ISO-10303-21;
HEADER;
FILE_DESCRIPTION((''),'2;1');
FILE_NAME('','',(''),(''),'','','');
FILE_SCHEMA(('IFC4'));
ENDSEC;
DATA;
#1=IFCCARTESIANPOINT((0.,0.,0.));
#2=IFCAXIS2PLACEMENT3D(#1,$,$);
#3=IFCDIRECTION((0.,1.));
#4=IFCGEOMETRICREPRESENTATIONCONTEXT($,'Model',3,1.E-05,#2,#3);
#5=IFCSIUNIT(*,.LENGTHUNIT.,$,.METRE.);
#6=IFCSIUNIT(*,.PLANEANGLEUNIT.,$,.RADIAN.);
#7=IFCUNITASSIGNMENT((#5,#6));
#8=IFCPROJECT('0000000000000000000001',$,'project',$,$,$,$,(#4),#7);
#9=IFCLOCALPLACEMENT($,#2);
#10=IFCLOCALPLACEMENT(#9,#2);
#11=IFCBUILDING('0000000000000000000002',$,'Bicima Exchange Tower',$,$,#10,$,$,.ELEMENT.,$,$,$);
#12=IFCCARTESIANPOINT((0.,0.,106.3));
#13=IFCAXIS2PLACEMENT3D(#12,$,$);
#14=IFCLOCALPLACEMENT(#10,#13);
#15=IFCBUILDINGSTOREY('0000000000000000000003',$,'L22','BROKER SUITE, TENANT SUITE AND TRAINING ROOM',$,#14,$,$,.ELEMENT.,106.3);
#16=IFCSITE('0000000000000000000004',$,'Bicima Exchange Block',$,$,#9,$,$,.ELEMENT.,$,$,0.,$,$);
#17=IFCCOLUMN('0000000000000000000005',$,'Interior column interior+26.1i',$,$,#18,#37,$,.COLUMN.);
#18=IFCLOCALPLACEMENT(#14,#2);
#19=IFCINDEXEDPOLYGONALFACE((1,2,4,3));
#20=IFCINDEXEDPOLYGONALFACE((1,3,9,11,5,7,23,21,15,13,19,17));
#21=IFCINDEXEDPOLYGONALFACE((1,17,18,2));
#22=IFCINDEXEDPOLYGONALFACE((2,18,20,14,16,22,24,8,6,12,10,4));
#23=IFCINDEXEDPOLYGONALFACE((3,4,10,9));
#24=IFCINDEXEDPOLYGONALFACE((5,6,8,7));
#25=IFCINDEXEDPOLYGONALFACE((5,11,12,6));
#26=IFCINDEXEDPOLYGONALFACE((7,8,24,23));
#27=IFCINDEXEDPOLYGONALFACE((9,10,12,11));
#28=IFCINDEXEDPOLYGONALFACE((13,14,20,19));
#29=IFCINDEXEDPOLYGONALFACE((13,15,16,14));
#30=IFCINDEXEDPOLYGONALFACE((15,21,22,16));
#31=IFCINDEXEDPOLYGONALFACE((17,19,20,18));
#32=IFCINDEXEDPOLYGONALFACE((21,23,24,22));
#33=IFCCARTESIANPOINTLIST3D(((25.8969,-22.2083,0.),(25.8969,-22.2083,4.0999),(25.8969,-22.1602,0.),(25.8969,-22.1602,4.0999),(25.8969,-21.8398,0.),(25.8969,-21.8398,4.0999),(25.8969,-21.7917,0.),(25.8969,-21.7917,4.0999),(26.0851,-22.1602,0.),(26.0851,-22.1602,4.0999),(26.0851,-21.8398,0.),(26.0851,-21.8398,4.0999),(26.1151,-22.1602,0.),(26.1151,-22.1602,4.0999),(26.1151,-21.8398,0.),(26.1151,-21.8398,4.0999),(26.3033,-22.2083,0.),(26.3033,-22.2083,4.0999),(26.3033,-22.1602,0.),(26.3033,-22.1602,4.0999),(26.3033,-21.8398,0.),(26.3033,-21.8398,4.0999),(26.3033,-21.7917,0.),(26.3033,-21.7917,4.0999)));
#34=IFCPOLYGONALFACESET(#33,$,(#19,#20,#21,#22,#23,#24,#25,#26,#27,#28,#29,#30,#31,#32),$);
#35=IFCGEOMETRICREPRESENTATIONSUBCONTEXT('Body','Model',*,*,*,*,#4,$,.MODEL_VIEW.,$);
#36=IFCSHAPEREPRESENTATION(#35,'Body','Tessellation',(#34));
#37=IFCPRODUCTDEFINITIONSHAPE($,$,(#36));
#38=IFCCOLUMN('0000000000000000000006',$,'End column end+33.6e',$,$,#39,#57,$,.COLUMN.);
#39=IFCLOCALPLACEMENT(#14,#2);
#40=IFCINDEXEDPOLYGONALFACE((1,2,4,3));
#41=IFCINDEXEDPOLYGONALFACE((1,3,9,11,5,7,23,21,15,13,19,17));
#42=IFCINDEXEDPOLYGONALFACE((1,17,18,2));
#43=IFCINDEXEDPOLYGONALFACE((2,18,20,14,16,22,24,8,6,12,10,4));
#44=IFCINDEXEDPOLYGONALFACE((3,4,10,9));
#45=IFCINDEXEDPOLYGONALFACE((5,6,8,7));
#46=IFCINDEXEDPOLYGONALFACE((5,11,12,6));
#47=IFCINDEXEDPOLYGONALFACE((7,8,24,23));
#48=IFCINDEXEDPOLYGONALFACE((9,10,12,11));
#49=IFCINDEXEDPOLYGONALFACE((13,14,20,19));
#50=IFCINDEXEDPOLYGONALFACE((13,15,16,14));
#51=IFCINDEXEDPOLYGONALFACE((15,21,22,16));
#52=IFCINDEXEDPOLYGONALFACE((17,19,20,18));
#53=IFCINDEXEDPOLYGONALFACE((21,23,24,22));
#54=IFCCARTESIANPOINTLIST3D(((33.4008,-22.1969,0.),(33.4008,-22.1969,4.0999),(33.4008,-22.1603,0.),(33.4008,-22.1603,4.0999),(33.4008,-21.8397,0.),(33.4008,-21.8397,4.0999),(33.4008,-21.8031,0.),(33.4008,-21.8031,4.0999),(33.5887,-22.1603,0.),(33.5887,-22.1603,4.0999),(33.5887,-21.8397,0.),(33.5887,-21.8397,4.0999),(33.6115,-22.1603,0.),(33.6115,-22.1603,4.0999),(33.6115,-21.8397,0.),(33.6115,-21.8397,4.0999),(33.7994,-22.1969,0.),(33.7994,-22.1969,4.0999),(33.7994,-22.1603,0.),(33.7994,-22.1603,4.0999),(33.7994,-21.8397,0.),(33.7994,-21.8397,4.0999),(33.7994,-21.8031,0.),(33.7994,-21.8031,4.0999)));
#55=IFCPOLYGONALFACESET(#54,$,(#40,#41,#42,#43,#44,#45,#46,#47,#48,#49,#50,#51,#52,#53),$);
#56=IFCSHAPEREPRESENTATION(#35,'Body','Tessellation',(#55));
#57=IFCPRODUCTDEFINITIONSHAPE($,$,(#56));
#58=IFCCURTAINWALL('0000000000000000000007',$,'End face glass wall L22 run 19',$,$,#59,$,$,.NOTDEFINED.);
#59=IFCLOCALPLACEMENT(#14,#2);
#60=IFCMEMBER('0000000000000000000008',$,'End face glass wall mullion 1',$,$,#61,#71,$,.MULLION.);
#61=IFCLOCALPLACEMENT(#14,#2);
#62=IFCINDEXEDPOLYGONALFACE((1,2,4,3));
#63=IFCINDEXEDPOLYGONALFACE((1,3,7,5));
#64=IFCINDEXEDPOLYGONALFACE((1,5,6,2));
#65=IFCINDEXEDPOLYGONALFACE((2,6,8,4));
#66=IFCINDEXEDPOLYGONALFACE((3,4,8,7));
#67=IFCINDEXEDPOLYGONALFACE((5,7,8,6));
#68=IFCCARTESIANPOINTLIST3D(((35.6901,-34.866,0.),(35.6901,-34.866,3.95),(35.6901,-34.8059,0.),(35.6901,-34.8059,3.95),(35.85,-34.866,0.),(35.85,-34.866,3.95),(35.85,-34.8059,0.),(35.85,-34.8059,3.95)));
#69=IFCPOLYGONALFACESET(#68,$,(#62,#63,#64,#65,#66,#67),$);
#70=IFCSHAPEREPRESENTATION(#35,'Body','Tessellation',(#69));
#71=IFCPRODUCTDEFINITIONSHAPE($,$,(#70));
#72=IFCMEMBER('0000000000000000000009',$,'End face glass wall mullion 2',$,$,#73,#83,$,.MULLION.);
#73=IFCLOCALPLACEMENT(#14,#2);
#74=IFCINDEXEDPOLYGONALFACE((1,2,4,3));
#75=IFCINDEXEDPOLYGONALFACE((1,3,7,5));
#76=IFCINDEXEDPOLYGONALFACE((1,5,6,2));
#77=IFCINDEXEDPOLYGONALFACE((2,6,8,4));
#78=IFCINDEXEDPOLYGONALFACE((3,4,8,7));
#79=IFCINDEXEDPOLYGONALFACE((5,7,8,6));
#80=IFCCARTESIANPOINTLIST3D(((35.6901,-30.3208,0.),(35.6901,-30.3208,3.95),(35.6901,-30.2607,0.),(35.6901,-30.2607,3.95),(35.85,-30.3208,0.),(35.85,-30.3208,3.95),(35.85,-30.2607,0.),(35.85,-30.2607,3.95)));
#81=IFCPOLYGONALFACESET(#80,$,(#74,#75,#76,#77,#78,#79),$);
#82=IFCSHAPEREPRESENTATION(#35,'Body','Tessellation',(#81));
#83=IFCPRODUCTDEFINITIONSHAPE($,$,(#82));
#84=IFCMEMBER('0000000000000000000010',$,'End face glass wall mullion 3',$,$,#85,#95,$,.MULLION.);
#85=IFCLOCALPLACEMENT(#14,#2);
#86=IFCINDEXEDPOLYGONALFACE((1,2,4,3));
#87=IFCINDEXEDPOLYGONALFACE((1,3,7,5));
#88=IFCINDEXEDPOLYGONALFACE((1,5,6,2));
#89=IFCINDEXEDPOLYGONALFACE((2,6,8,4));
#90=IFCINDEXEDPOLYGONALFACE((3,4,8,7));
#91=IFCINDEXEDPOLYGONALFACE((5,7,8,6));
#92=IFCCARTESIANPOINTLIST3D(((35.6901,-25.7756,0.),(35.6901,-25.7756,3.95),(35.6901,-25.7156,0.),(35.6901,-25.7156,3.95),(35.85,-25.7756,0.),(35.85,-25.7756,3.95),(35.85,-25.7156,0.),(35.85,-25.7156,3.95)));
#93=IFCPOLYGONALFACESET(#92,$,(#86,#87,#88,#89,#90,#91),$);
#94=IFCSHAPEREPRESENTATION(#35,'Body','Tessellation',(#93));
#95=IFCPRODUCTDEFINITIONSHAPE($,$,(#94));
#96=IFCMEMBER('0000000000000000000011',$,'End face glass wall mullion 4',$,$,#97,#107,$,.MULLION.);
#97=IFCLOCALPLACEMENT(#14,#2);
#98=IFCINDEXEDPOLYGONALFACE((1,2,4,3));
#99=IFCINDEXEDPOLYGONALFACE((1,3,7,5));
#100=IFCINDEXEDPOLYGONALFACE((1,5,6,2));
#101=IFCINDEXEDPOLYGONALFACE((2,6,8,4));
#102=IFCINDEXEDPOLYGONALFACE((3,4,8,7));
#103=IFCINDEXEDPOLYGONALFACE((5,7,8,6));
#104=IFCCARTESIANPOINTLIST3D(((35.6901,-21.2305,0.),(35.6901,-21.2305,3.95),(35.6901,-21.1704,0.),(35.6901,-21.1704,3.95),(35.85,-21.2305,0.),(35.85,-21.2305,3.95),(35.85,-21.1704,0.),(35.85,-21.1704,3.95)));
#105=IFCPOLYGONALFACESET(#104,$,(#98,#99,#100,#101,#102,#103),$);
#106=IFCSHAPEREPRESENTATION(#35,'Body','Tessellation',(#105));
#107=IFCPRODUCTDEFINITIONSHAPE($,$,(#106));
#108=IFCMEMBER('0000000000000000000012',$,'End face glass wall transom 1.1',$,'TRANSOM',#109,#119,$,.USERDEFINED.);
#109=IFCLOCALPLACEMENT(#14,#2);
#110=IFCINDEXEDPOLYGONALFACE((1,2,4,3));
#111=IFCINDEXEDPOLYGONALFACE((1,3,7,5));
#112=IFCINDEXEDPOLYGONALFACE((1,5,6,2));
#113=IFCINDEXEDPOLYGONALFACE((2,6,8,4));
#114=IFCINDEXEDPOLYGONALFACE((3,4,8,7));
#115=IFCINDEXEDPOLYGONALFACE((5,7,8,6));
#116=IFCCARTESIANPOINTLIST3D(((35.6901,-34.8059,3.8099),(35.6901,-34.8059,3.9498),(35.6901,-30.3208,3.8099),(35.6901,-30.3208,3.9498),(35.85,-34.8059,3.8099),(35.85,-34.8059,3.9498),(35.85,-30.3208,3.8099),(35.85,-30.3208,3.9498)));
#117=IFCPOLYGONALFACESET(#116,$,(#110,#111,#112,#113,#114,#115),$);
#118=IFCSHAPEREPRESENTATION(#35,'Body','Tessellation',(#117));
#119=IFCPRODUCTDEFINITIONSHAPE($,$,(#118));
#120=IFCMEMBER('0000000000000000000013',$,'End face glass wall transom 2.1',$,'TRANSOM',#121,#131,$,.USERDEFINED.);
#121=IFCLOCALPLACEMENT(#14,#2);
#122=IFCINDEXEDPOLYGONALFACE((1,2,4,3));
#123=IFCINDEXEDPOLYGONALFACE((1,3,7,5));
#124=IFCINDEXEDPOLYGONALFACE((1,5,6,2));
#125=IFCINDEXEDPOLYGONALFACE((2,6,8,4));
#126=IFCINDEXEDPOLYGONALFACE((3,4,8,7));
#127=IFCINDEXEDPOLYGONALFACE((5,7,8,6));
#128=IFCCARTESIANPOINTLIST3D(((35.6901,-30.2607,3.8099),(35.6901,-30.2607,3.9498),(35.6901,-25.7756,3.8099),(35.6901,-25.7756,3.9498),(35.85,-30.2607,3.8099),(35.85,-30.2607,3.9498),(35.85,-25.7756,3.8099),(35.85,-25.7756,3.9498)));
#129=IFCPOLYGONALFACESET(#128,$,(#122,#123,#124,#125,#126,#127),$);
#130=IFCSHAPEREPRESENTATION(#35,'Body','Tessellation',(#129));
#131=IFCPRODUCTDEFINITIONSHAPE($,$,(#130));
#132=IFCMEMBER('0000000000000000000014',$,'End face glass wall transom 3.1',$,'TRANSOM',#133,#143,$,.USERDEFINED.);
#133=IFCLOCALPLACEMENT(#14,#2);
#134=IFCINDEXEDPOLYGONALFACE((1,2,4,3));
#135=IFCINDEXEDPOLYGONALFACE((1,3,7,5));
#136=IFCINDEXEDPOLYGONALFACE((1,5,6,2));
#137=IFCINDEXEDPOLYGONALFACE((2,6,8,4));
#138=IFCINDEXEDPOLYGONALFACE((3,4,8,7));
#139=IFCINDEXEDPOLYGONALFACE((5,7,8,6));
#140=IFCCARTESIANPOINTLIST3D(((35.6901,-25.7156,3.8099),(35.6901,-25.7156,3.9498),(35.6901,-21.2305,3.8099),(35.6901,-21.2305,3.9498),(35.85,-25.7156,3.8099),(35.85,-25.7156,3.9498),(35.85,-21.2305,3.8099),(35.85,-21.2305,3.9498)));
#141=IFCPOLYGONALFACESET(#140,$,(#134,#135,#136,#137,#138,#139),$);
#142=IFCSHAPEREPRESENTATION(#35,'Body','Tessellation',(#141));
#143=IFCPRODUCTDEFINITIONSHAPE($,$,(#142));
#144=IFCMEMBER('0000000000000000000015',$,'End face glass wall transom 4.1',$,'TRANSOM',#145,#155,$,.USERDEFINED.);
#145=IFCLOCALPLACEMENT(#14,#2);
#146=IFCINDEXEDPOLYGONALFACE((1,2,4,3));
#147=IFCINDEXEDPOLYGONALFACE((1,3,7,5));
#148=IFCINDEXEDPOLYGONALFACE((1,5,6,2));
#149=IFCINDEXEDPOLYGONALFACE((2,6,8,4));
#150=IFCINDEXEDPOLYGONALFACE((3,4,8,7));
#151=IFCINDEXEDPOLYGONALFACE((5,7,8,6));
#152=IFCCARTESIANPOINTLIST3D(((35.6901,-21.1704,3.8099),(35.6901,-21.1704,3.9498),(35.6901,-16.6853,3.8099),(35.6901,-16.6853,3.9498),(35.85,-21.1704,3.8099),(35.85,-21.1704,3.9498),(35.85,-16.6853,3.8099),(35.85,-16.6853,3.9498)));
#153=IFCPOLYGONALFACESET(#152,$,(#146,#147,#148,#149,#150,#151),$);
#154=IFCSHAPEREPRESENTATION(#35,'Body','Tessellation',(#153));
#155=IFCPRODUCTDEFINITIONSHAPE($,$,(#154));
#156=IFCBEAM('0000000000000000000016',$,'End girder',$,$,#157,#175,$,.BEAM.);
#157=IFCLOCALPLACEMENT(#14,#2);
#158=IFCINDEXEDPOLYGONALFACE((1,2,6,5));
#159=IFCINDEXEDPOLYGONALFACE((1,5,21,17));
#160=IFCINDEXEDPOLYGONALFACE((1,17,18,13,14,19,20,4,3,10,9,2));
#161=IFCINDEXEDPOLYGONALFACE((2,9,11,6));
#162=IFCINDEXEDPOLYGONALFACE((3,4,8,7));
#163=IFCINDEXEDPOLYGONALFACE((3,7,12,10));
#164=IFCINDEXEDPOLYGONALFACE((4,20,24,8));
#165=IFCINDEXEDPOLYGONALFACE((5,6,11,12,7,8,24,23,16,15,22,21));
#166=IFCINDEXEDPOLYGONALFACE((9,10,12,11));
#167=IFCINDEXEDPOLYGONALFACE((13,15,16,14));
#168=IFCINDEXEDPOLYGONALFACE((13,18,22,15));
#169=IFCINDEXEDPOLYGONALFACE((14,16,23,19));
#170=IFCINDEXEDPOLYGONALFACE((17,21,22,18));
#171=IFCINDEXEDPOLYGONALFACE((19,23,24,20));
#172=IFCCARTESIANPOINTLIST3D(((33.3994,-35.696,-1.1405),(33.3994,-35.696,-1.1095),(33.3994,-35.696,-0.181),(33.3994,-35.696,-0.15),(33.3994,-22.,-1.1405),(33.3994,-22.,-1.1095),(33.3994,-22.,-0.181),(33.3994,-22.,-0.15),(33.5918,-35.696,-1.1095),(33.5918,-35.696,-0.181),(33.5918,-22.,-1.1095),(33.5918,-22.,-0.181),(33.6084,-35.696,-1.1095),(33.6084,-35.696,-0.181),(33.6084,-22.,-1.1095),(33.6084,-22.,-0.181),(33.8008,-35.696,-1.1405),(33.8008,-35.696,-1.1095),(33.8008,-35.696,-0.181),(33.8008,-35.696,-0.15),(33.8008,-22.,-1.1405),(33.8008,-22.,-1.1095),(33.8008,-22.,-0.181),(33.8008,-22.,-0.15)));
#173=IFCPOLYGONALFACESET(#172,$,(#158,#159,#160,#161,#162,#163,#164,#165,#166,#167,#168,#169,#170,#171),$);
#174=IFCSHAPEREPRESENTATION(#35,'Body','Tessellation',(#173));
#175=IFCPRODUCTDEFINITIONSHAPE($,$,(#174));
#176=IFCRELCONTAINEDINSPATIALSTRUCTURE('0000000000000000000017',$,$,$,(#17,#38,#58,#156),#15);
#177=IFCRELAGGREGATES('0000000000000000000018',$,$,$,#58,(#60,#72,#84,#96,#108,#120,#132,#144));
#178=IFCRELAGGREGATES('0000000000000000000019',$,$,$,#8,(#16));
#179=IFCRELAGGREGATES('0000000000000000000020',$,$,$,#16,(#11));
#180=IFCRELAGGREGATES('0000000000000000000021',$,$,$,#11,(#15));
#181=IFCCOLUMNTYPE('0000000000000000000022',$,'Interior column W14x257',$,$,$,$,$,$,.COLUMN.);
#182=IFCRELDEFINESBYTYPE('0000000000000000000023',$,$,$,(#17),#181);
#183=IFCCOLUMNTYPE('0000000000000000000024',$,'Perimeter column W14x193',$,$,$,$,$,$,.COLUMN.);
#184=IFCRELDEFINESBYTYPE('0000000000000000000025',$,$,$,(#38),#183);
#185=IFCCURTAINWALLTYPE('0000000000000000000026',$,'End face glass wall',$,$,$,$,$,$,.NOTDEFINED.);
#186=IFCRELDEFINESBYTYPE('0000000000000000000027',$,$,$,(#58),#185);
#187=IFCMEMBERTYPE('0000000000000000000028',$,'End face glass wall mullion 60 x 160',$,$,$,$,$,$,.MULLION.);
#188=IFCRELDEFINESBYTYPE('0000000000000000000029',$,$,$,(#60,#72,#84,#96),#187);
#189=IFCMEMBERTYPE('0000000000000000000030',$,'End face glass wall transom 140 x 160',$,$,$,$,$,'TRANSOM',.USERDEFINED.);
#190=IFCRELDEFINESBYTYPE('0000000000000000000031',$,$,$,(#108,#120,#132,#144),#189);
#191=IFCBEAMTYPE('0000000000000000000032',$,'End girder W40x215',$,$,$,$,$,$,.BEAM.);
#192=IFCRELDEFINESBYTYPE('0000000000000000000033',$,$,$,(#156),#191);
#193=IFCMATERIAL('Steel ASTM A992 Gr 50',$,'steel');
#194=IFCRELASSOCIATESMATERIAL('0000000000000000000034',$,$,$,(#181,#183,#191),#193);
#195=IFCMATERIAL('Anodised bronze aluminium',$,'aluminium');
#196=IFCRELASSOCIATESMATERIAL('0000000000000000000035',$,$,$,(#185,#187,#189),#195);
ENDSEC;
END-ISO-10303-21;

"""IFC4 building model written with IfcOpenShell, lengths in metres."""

from ifc_helpers import new_model, si_unit, direction, frame, origin, origin_2d, place, context, subcontext, project, spatial, rectangle, i_section, extrude, material, material_profile, profile_set, type_object, element, aggregate, save


model = new_model("IFC4")

# Units and contexts
model_context = context("Model", 3, precision=1e-05, world=origin(), true_north=direction((0.0, 1.0)))
body_context = subcontext(model_context, "Body", "Model", "MODEL_VIEW")
ifc_project = project(units=[si_unit("LENGTHUNIT", "METRE"), si_unit("PLANEANGLEUNIT", "RADIAN")], contexts=[model_context])

# Site, building, storey
site_placement = place(None, origin())
site = spatial("IfcSite", under=ifc_project, at=site_placement, Name="Bicima Exchange Block", CompositionType="ELEMENT", RefElevation=0.0)
building_placement = place(site_placement, origin())
building = spatial("IfcBuilding", under=site, at=building_placement, Name="Bicima Exchange Tower", CompositionType="ELEMENT")
storey_placement = place(building_placement, frame((0.0, 0.0, 106.3)))
storey = spatial("IfcBuildingStorey", under=building, at=storey_placement, Name="L22", Description="BROKER SUITE, TENANT SUITE AND TRAINING ROOM", CompositionType="ELEMENT", Elevation=106.3)

# Columns
ifc_material_1 = material(Name="Steel ASTM A992 Gr 50", Category="steel")
ifc_material_profile_1 = material_profile(ifc_material_1, i_section(OverallWidth=0.4065, OverallDepth=0.4165, WebThickness=0.03, FlangeThickness=0.0481, at=origin_2d()))
ifc_profile_set_1 = profile_set([ifc_material_profile_1], Name="Steel ASTM A992 Gr 50")
column_type_1 = type_object("IfcColumnType", Name="Interior column W14x257", PredefinedType="COLUMN", material=ifc_profile_set_1)
column_1_placement = place(storey_placement, frame((26.1001, -22.0, 0.0), z_axis=(0.0, 0.0, 1.0), x_axis=(1.0, 0.0, 0.0)))
element("IfcColumn", 1, at=column_1_placement, inside=storey, type_object=column_type_1, Name="Interior column interior+26.1i", PredefinedType="COLUMN", context=body_context, shape_type="SweptSolid", body=[
    extrude(i_section(OverallWidth=0.4065, OverallDepth=0.4165, WebThickness=0.03, FlangeThickness=0.0481, at=origin_2d()), origin(), (0.0, 0.0, 1.0), 4.0999),
])
ifc_material_profile_2 = material_profile(ifc_material_1, i_section(OverallWidth=0.3987, OverallDepth=0.3938, WebThickness=0.0227, FlangeThickness=0.0366, at=origin_2d()))
ifc_profile_set_2 = profile_set([ifc_material_profile_2], Name="Steel ASTM A992 Gr 50")
column_type_2 = type_object("IfcColumnType", Name="Perimeter column W14x193", PredefinedType="COLUMN", material=ifc_profile_set_2)
column_2_placement = place(storey_placement, frame((33.6001, -22.0, 0.0), z_axis=(0.0, 0.0, 1.0), x_axis=(1.0, 0.0, 0.0)))
element("IfcColumn", 2, at=column_2_placement, inside=storey, type_object=column_type_2, Name="End column end+33.6e", PredefinedType="COLUMN", context=body_context, shape_type="SweptSolid", body=[
    extrude(i_section(OverallWidth=0.3987, OverallDepth=0.3938, WebThickness=0.0227, FlangeThickness=0.0366, at=origin_2d()), origin(), (0.0, 0.0, 1.0), 4.0999),
])

# Curtain wall, members
ifc_material_2 = material(Name="Anodised bronze aluminium", Category="aluminium")
curtain_wall_type = type_object("IfcCurtainWallType", Name="End face glass wall", PredefinedType="NOTDEFINED", material=ifc_material_2)
curtain_wall_placement = place(storey_placement, origin())
curtain_wall = element("IfcCurtainWall", 3, at=curtain_wall_placement, inside=storey, type_object=curtain_wall_type, Name="End face glass wall L22 run 19", PredefinedType="NOTDEFINED")
ifc_material_profile_3 = material_profile(ifc_material_2, rectangle(XDim=0.1599, YDim=0.0601, at=origin_2d()))
ifc_profile_set_3 = profile_set([ifc_material_profile_3], Name="Anodised bronze aluminium")
member_type_1 = type_object("IfcMemberType", Name="End face glass wall mullion 60 x 160", PredefinedType="MULLION", material=ifc_profile_set_3)
member_1_placement = place(storey_placement, frame((35.77, -34.8359, 0.0), z_axis=(0.0, 0.0, 1.0), x_axis=(-1.0, 0.0, 0.0)))
member_1 = element("IfcMember", 4, at=member_1_placement, type_object=member_type_1, Name="End face glass wall mullion 1", PredefinedType="MULLION", context=body_context, shape_type="SweptSolid", body=[
    extrude(rectangle(XDim=0.1599, YDim=0.0601, at=origin_2d()), origin(), (0.0, 0.0, 1.0), 3.95),
])
member_2_placement = place(storey_placement, frame((35.77, -30.2908, 0.0), z_axis=(0.0, 0.0, 1.0), x_axis=(-1.0, 0.0, 0.0)))
member_2 = element("IfcMember", 5, at=member_2_placement, type_object=member_type_1, Name="End face glass wall mullion 2", PredefinedType="MULLION", context=body_context, shape_type="SweptSolid", body=[
    extrude(rectangle(XDim=0.1599, YDim=0.0601, at=origin_2d()), origin(), (0.0, 0.0, 1.0), 3.95),
])
member_3_placement = place(storey_placement, frame((35.77, -25.7456, 0.0), z_axis=(0.0, 0.0, 1.0), x_axis=(-1.0, 0.0, 0.0)))
member_3 = element("IfcMember", 6, at=member_3_placement, type_object=member_type_1, Name="End face glass wall mullion 3", PredefinedType="MULLION", context=body_context, shape_type="SweptSolid", body=[
    extrude(rectangle(XDim=0.1599, YDim=0.0601, at=origin_2d()), origin(), (0.0, 0.0, 1.0), 3.95),
])
member_4_placement = place(storey_placement, frame((35.77, -21.2004, 0.0), z_axis=(0.0, 0.0, 1.0), x_axis=(-1.0, 0.0, 0.0)))
member_4 = element("IfcMember", 7, at=member_4_placement, type_object=member_type_1, Name="End face glass wall mullion 4", PredefinedType="MULLION", context=body_context, shape_type="SweptSolid", body=[
    extrude(rectangle(XDim=0.1599, YDim=0.0601, at=origin_2d()), origin(), (0.0, 0.0, 1.0), 3.95),
])
ifc_material_profile_4 = material_profile(ifc_material_2, rectangle(XDim=0.1599, YDim=0.1399, at=origin_2d()))
ifc_profile_set_4 = profile_set([ifc_material_profile_4], Name="Anodised bronze aluminium")
member_type_2 = type_object("IfcMemberType", Name="End face glass wall transom 140 x 160", ElementType="TRANSOM", PredefinedType="USERDEFINED", material=ifc_profile_set_4)
member_5_placement = place(storey_placement, frame((35.77, -34.8059, 3.8799), z_axis=(0.0, 1.0, 0.0), x_axis=(-1.0, 0.0, 0.0)))
member_5 = element("IfcMember", 8, at=member_5_placement, type_object=member_type_2, Name="End face glass wall transom 1.1", ObjectType="TRANSOM", PredefinedType="USERDEFINED", context=body_context, shape_type="SweptSolid", body=[
    extrude(rectangle(XDim=0.1599, YDim=0.1399, at=origin_2d()), origin(), (0.0, 0.0, 1.0), 4.4851),
])
member_6_placement = place(storey_placement, frame((35.77, -30.2607, 3.8799), z_axis=(0.0, 1.0, 0.0), x_axis=(-1.0, 0.0, 0.0)))
member_6 = element("IfcMember", 9, at=member_6_placement, type_object=member_type_2, Name="End face glass wall transom 2.1", ObjectType="TRANSOM", PredefinedType="USERDEFINED", context=body_context, shape_type="SweptSolid", body=[
    extrude(rectangle(XDim=0.1599, YDim=0.1399, at=origin_2d()), origin(), (0.0, 0.0, 1.0), 4.4851),
])
member_7_placement = place(storey_placement, frame((35.77, -25.7156, 3.8799), z_axis=(0.0, 1.0, 0.0), x_axis=(-1.0, 0.0, 0.0)))
member_7 = element("IfcMember", 10, at=member_7_placement, type_object=member_type_2, Name="End face glass wall transom 3.1", ObjectType="TRANSOM", PredefinedType="USERDEFINED", context=body_context, shape_type="SweptSolid", body=[
    extrude(rectangle(XDim=0.1599, YDim=0.1399, at=origin_2d()), origin(), (0.0, 0.0, 1.0), 4.4851),
])
member_8_placement = place(storey_placement, frame((35.77, -21.1704, 3.8799), z_axis=(0.0, 1.0, 0.0), x_axis=(-1.0, 0.0, 0.0)))
member_8 = element("IfcMember", 11, at=member_8_placement, type_object=member_type_2, Name="End face glass wall transom 4.1", ObjectType="TRANSOM", PredefinedType="USERDEFINED", context=body_context, shape_type="SweptSolid", body=[
    extrude(rectangle(XDim=0.1599, YDim=0.1399, at=origin_2d()), origin(), (0.0, 0.0, 1.0), 4.4851),
])

# Beam
ifc_material_profile_5 = material_profile(ifc_material_1, i_section(OverallWidth=0.4014, OverallDepth=0.9905, WebThickness=0.0166, FlangeThickness=0.031, at=origin_2d()))
ifc_profile_set_5 = profile_set([ifc_material_profile_5], Name="Steel ASTM A992 Gr 50")
beam_type_1 = type_object("IfcBeamType", Name="End girder W40x215", PredefinedType="BEAM", material=ifc_profile_set_5)
beam_1_placement = place(storey_placement, frame((33.6001, -22.0, -0.6453), z_axis=(0.0, -1.0, 0.0), x_axis=(1.0, 0.0, 0.0)))
element("IfcBeam", 12, at=beam_1_placement, inside=storey, type_object=beam_type_1, Name="End girder", PredefinedType="BEAM", context=body_context, shape_type="SweptSolid", body=[
    extrude(i_section(OverallWidth=0.4014, OverallDepth=0.9905, WebThickness=0.0166, FlangeThickness=0.031, at=origin_2d()), origin(), (0.0, 0.0, 1.0), 13.696),
])

aggregate(curtain_wall, [member_1, member_2, member_3, member_4, member_5, member_6, member_7, member_8])

save(model, "model.ifc")
